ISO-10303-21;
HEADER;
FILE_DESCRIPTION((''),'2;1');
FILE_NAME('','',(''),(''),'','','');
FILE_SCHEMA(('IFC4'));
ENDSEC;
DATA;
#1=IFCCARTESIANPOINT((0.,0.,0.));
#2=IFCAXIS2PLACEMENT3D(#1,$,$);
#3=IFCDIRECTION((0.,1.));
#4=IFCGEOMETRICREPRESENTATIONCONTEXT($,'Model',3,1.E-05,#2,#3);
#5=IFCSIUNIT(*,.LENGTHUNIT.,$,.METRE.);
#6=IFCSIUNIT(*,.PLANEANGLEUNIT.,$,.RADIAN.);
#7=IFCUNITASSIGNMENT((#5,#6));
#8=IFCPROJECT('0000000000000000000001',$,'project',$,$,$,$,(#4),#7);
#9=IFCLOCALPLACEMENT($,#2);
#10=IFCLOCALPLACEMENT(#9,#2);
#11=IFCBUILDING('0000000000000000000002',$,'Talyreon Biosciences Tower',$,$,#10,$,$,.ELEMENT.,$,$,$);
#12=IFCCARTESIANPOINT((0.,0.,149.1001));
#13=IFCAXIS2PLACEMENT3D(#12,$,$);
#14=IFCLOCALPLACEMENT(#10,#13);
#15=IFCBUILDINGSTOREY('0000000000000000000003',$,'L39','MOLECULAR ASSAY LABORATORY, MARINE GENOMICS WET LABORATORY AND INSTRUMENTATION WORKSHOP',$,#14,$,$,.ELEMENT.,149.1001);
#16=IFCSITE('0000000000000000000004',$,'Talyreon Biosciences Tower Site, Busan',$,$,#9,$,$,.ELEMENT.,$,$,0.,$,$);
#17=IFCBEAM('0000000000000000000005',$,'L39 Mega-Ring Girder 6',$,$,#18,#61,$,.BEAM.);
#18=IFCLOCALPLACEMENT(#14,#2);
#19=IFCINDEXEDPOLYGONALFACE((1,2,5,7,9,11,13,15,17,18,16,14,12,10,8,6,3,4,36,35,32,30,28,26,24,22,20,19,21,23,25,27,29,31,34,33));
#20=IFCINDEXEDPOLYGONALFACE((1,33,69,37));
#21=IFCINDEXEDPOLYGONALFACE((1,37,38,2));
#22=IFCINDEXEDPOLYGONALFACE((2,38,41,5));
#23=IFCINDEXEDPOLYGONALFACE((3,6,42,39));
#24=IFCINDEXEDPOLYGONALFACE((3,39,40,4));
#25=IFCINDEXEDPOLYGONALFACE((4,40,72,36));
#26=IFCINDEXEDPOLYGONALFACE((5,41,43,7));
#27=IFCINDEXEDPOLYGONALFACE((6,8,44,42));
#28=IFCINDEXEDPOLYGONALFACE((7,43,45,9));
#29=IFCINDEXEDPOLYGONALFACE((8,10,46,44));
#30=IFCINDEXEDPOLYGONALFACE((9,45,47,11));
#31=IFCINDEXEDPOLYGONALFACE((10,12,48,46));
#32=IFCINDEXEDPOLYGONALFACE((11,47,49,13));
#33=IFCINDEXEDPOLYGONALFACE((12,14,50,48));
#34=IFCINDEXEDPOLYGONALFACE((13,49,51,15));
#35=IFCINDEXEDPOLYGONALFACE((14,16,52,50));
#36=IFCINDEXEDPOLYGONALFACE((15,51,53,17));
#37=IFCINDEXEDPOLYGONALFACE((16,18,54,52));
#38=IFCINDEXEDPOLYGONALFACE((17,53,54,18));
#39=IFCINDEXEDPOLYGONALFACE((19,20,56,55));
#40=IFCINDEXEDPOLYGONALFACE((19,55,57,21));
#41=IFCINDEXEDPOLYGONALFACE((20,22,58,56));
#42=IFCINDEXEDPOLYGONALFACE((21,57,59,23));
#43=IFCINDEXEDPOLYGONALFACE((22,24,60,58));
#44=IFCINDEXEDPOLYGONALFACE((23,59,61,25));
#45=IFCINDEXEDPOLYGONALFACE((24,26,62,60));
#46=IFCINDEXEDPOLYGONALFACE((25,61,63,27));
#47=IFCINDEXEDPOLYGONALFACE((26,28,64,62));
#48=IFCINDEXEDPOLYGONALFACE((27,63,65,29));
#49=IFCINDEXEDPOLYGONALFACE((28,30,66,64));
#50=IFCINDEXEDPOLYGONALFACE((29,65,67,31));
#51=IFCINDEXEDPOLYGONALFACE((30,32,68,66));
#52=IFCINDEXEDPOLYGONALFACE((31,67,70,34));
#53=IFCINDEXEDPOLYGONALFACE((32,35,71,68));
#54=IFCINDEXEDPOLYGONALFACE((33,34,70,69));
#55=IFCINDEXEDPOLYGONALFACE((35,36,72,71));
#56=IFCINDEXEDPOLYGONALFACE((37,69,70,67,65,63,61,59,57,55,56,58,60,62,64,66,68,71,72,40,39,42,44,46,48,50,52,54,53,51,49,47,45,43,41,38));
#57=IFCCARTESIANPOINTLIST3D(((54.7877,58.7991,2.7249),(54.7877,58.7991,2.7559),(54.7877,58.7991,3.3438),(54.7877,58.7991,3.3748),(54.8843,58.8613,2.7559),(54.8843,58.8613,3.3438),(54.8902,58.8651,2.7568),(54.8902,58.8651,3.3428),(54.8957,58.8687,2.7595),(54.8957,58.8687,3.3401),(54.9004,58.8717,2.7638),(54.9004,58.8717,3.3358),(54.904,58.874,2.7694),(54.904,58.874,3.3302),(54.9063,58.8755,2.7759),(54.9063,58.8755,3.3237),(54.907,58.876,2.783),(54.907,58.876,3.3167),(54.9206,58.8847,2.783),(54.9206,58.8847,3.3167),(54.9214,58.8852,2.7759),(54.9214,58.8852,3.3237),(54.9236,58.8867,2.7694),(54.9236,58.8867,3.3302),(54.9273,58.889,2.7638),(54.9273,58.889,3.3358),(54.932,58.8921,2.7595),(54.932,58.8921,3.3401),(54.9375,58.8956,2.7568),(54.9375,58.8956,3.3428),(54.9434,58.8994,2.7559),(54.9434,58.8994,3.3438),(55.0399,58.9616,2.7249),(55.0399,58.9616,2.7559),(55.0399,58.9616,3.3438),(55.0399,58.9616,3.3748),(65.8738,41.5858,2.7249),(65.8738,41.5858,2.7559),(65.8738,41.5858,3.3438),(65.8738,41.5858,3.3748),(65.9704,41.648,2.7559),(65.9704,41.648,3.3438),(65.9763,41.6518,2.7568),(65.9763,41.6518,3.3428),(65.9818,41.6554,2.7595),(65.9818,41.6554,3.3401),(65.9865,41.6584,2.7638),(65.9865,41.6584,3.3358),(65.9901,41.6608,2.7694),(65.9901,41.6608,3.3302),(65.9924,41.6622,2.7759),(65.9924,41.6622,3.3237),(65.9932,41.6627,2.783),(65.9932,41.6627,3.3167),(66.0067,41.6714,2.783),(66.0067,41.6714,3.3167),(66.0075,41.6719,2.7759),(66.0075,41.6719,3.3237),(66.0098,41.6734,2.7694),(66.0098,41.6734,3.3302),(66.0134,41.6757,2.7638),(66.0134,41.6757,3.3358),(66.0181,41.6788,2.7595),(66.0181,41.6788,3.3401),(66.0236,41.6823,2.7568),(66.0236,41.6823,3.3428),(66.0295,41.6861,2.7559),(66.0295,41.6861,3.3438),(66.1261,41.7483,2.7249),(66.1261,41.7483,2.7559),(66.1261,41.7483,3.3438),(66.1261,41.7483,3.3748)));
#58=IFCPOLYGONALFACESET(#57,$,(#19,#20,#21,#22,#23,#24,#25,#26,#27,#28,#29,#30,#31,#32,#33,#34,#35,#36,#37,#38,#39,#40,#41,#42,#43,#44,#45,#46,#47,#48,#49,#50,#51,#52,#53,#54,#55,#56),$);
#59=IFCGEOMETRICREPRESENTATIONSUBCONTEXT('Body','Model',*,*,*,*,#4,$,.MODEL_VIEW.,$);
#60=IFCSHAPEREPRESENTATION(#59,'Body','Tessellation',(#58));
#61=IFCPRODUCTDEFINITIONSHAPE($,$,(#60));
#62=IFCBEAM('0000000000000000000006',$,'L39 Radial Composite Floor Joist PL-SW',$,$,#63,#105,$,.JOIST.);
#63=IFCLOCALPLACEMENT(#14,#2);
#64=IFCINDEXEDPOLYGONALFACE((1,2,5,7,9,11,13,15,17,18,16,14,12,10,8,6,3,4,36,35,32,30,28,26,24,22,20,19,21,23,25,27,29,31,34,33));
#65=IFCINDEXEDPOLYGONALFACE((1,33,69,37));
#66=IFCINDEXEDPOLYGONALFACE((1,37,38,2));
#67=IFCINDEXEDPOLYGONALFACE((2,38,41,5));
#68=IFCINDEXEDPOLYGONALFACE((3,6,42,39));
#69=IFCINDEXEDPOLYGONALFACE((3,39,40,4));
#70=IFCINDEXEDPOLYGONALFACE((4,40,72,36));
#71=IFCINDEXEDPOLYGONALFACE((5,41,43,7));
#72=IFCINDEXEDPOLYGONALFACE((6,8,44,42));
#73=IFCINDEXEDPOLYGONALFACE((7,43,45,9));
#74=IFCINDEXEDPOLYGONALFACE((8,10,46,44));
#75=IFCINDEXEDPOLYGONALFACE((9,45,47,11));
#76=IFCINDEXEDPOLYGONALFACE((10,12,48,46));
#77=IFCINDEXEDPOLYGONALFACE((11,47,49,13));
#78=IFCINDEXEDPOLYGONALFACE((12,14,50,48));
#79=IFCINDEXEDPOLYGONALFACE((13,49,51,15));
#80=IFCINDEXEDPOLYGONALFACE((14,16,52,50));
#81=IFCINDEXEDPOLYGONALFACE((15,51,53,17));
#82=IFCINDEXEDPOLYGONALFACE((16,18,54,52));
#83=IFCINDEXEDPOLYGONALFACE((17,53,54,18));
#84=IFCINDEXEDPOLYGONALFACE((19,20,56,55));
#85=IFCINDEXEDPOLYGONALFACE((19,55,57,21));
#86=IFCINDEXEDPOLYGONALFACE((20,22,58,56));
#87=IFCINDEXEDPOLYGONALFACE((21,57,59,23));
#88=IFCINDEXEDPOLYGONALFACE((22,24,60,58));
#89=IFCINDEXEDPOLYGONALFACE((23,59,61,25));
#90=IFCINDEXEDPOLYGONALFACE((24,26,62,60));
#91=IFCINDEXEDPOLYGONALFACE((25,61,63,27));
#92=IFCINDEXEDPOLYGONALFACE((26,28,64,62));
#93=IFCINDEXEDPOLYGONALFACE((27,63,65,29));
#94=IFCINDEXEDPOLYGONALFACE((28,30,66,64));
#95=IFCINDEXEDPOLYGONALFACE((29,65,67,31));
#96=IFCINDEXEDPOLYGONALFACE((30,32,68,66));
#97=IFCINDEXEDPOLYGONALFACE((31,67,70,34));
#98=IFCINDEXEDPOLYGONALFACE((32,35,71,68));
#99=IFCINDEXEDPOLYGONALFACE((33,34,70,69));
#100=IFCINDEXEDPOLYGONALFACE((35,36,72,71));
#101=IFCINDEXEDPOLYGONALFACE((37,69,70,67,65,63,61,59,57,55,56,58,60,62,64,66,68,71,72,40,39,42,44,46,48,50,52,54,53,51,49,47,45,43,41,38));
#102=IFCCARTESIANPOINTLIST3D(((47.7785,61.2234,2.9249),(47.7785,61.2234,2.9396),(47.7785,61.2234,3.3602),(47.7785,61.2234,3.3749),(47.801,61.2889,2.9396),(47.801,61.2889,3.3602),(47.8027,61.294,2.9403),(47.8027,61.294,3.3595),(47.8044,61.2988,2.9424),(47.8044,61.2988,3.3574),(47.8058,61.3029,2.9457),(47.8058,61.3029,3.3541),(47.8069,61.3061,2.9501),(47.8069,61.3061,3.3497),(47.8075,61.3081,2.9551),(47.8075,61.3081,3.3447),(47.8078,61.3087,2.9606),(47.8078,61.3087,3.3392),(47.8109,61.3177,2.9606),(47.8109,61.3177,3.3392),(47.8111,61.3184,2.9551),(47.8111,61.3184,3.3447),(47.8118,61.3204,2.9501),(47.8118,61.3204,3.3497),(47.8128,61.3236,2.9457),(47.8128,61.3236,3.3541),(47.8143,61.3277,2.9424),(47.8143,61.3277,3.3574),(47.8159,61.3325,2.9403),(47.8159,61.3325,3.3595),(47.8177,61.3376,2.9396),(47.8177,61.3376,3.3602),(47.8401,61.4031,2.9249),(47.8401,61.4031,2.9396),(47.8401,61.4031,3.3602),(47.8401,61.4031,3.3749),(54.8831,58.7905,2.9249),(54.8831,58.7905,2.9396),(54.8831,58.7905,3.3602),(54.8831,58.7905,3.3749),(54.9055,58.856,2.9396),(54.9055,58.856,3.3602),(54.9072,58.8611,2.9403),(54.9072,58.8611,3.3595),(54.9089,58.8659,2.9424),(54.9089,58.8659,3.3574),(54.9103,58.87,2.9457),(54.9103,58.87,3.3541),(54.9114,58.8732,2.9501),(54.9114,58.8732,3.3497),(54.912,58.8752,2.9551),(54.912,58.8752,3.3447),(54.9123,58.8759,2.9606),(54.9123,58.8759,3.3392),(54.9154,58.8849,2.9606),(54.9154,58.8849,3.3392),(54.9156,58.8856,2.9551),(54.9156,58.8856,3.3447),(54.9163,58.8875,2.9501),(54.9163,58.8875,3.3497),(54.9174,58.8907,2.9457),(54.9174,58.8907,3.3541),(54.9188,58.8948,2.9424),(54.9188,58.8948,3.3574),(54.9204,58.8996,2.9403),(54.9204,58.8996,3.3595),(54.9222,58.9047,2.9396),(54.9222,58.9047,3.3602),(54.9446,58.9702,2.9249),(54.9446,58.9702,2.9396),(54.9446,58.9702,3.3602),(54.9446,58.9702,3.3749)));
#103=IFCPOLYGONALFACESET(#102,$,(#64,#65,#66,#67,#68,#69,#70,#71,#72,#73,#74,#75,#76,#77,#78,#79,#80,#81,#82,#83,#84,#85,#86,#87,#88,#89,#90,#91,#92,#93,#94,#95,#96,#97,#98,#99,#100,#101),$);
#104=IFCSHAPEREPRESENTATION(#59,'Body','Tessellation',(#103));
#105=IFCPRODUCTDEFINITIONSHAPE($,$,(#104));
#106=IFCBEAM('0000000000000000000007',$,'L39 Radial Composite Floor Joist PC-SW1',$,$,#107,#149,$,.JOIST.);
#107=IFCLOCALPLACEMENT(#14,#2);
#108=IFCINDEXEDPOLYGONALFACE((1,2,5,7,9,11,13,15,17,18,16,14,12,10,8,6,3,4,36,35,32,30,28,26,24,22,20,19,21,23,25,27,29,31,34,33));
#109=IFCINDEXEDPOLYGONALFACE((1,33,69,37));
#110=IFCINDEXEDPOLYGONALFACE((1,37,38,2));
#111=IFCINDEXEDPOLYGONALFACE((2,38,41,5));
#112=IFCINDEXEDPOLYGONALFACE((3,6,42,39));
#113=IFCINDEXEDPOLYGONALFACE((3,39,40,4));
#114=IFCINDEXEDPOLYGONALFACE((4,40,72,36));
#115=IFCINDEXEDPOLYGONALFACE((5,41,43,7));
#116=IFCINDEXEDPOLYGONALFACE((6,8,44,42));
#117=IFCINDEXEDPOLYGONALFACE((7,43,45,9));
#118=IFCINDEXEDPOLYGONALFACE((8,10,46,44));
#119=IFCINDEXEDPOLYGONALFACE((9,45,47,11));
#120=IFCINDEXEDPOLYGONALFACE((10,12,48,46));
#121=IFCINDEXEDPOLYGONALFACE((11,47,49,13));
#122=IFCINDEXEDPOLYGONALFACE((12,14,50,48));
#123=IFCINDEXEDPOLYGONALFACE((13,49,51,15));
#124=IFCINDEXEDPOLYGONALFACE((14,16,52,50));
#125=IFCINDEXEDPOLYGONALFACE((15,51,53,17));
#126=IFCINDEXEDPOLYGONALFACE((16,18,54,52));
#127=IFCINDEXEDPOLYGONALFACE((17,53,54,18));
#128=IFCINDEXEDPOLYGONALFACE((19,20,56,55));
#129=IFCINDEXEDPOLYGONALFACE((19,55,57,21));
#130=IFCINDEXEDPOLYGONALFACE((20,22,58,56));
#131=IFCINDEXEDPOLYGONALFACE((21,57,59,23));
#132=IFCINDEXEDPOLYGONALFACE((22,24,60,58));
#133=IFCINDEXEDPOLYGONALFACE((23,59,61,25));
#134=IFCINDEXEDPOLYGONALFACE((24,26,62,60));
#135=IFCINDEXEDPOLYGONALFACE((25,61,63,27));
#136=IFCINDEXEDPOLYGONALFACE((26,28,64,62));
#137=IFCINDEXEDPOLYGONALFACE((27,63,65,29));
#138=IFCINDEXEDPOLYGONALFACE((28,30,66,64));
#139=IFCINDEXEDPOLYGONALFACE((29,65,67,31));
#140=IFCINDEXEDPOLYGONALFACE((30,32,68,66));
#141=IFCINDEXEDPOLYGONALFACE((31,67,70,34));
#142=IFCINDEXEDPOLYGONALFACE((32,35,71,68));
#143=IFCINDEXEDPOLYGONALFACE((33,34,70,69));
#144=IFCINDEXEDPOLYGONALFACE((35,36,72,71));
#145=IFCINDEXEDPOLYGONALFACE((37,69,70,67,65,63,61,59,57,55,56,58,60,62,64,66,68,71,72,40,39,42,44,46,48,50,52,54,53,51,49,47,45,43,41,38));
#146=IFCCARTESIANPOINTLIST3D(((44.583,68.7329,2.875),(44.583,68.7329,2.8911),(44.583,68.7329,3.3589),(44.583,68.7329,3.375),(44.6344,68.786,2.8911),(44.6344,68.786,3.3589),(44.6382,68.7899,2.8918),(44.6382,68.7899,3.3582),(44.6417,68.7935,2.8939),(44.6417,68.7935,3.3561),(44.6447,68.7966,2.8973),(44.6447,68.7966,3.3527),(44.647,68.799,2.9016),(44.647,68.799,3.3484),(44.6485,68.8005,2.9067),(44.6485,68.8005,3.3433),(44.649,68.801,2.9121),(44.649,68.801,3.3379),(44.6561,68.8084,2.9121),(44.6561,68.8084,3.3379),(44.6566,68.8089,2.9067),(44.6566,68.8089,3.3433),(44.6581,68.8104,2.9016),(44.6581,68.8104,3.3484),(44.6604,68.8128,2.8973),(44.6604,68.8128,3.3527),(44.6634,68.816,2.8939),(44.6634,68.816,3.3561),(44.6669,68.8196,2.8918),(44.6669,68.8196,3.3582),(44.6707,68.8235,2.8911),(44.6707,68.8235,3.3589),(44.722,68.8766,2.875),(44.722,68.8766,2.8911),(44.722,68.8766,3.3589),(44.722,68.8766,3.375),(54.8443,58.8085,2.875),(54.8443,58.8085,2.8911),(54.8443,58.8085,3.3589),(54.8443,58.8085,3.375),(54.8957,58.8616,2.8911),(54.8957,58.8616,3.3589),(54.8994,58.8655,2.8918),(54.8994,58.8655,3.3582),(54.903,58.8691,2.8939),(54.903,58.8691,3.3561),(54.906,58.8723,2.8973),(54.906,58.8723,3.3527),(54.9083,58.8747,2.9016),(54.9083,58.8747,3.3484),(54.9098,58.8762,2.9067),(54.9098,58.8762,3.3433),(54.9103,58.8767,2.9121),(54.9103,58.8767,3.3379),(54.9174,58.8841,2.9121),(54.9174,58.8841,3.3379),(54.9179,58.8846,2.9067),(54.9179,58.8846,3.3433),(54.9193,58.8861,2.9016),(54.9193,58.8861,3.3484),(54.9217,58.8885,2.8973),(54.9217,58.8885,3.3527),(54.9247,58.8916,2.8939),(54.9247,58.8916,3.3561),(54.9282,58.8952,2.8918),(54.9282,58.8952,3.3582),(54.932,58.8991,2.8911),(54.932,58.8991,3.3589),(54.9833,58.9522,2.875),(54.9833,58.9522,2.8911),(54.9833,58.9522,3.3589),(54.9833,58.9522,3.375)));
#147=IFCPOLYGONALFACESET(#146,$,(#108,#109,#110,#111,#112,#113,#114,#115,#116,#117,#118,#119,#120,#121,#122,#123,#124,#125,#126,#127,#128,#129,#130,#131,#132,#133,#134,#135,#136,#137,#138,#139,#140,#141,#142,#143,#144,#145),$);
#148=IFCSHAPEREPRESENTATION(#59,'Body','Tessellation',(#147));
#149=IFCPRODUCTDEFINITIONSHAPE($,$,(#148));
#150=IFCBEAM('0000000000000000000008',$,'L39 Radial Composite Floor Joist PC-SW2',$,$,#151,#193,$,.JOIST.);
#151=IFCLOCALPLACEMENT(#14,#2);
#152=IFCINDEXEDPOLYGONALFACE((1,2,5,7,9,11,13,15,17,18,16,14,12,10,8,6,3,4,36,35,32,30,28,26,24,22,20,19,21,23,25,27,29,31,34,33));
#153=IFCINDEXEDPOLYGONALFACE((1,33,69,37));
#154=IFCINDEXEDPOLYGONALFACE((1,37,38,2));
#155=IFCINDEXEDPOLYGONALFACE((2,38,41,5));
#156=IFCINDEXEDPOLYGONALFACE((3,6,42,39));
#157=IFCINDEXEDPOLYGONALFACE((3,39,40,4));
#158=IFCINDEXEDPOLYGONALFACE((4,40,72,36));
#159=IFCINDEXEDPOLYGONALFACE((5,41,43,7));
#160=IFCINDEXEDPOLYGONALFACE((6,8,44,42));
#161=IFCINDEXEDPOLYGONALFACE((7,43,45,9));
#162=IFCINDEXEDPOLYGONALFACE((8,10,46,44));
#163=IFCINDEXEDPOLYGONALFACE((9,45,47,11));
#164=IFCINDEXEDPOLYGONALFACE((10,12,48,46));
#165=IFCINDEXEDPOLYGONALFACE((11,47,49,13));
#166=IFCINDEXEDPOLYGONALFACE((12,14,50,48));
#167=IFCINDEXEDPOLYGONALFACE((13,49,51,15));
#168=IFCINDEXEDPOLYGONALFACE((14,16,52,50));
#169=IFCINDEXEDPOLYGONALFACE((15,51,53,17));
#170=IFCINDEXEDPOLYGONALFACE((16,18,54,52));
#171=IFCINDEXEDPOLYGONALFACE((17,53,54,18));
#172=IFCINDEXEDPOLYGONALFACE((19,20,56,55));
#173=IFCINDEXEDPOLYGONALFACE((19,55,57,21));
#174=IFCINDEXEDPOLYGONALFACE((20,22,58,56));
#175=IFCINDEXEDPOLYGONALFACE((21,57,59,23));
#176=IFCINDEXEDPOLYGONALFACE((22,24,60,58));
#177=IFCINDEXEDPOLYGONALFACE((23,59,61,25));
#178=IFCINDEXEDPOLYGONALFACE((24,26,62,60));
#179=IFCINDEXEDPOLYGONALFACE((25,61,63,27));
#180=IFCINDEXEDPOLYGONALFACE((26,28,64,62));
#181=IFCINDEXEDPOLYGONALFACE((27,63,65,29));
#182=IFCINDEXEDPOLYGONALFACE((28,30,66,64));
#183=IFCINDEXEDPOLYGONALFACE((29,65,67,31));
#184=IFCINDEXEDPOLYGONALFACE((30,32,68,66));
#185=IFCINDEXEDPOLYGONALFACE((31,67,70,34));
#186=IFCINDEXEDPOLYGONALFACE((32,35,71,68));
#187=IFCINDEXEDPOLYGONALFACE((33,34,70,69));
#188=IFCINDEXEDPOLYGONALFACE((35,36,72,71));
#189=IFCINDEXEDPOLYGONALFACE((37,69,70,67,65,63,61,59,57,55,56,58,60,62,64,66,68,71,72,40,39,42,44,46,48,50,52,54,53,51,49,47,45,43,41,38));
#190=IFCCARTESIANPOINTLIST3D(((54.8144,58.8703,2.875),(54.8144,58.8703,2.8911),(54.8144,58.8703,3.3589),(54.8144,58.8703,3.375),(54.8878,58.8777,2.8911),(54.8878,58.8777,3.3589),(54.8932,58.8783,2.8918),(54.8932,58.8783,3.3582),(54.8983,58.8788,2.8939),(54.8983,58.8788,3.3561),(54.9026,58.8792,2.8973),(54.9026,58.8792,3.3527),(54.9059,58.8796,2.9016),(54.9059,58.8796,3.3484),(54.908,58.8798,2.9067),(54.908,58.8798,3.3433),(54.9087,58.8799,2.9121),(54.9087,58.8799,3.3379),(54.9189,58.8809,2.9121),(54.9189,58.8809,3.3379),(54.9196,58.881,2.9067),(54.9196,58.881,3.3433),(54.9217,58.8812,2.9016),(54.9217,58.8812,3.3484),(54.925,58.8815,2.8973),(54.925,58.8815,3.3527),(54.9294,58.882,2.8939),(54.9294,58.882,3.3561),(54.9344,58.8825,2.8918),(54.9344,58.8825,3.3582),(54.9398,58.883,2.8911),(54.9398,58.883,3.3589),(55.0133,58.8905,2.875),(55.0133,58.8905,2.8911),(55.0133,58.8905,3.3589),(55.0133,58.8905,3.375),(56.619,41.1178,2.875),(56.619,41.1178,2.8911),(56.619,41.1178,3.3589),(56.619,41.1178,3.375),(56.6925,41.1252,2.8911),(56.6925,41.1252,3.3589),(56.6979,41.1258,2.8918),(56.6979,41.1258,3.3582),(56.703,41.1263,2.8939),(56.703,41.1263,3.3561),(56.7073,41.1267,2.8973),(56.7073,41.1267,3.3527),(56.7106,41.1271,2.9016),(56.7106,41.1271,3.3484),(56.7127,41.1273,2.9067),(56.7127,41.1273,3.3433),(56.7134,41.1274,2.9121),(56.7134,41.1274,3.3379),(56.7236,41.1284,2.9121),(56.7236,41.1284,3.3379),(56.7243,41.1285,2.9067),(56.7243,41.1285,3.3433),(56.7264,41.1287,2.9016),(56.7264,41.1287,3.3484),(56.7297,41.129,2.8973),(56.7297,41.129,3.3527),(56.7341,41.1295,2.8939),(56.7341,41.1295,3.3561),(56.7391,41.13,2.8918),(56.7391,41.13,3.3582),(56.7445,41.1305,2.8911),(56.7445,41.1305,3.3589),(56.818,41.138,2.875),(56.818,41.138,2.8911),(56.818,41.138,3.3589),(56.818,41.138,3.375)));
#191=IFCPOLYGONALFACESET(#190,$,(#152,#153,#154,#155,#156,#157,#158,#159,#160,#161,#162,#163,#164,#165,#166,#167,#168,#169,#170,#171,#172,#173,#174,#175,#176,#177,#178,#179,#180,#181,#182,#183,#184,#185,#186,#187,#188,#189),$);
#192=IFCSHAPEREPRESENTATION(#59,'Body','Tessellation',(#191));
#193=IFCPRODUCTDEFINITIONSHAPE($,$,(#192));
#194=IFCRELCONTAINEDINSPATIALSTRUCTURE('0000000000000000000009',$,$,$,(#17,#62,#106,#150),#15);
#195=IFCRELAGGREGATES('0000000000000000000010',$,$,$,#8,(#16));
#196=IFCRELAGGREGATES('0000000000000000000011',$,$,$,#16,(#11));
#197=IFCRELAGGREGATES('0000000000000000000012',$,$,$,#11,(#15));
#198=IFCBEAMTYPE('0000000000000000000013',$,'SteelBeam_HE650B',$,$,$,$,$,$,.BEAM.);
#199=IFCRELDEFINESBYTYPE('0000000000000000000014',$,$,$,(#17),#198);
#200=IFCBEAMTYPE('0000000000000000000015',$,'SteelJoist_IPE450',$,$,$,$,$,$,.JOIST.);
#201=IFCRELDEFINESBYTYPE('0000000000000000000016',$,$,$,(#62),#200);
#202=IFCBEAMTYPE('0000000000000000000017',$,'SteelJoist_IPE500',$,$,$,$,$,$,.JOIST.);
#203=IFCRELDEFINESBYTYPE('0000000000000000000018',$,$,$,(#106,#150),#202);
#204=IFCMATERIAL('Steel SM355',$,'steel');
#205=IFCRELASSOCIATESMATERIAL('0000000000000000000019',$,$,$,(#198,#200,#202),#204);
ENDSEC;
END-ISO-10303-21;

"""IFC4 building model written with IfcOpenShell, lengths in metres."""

from ifc_helpers import new_model, si_unit, direction, frame, origin, origin_2d, place, context, subcontext, project, spatial, i_section, extrude, material, material_profile, profile_set, type_object, element, save


model = new_model("IFC4")

# Units and contexts
model_context = context("Model", 3, precision=1e-05, world=origin(), true_north=direction((0.0, 1.0)))
body_context = subcontext(model_context, "Body", "Model", "MODEL_VIEW")
ifc_project = project(units=[si_unit("LENGTHUNIT", "METRE"), si_unit("PLANEANGLEUNIT", "RADIAN")], contexts=[model_context])

# Site, building, storey
site_placement = place(None, origin())
site = spatial("IfcSite", under=ifc_project, at=site_placement, Name="Talyreon Biosciences Tower Site, Busan", CompositionType="ELEMENT", RefElevation=0.0)
building_placement = place(site_placement, origin())
building = spatial("IfcBuilding", under=site, at=building_placement, Name="Talyreon Biosciences Tower", CompositionType="ELEMENT")
storey_placement = place(building_placement, frame((0.0, 0.0, 149.1001)))
storey = spatial("IfcBuildingStorey", under=building, at=storey_placement, Name="L39", Description="MOLECULAR ASSAY LABORATORY, MARINE GENOMICS WET LABORATORY AND INSTRUMENTATION WORKSHOP", CompositionType="ELEMENT", Elevation=149.1001)

# Beams
ifc_material_1 = material(Name="Steel SM355", Category="steel")
ifc_material_profile_1 = material_profile(ifc_material_1, i_section(OverallWidth=0.3, OverallDepth=0.6499, WebThickness=0.0161, FlangeThickness=0.031, FilletRadius=0.0271, at=origin_2d()), Name="HE650B")
ifc_profile_set_1 = profile_set([ifc_material_profile_1], Name="Steel SM355")
beam_type_1 = type_object("IfcBeamType", Name="SteelBeam_HE650B", PredefinedType="BEAM", material=ifc_profile_set_1)
beam_1_placement = place(storey_placement, frame((54.9138, 58.8804, 3.0498), z_axis=(0.541464, -0.840724, 0.0), x_axis=(0.840724, 0.541464, 0.0)))
element("IfcBeam", 1, at=beam_1_placement, inside=storey, type_object=beam_type_1, Name="L39 Mega-Ring Girder 6", PredefinedType="BEAM", context=body_context, shape_type="SweptSolid", body=[
    extrude(i_section(OverallWidth=0.3, OverallDepth=0.6499, WebThickness=0.0161, FlangeThickness=0.031, FilletRadius=0.0271, at=origin_2d()), origin(), (0.0, 0.0, 1.0), 20.4744),
])
ifc_material_profile_2 = material_profile(ifc_material_1, i_section(OverallWidth=0.1899, OverallDepth=0.45, WebThickness=0.0095, FlangeThickness=0.0146, FilletRadius=0.021, at=origin_2d()), Name="IPE450")
ifc_profile_set_2 = profile_set([ifc_material_profile_2], Name="Steel SM355")
beam_type_2 = type_object("IfcBeamType", Name="SteelJoist_IPE450", PredefinedType="JOIST", material=ifc_profile_set_2)
beam_2_placement = place(storey_placement, frame((54.9138, 58.8804, 3.1499), z_axis=(-0.946067, 0.323971, 0.0), x_axis=(-0.323971, -0.946067, 0.0)))
element("IfcBeam", 2, at=beam_2_placement, inside=storey, type_object=beam_type_2, Name="L39 Radial Composite Floor Joist PL-SW", PredefinedType="JOIST", context=body_context, shape_type="SweptSolid", body=[
    extrude(i_section(OverallWidth=0.1899, OverallDepth=0.45, WebThickness=0.0095, FlangeThickness=0.0146, FilletRadius=0.021, at=origin_2d()), origin(), (0.0, 0.0, 1.0), 7.5095),
])
ifc_material_profile_3 = material_profile(ifc_material_1, i_section(OverallWidth=0.2, OverallDepth=0.5, WebThickness=0.0103, FlangeThickness=0.0161, FilletRadius=0.021, at=origin_2d()), Name="IPE500")
ifc_profile_set_3 = profile_set([ifc_material_profile_3], Name="Steel SM355")
beam_type_3 = type_object("IfcBeamType", Name="SteelJoist_IPE500", PredefinedType="JOIST", material=ifc_profile_set_3)
beam_3_placement = place(storey_placement, frame((54.9138, 58.8804, 3.125), z_axis=(-0.718809, 0.695208, 0.0), x_axis=(-0.695208, -0.718809, 0.0)))
element("IfcBeam", 3, at=beam_3_placement, inside=storey, type_object=beam_type_3, Name="L39 Radial Composite Floor Joist PC-SW1", PredefinedType="JOIST", context=body_context, shape_type="SweptSolid", body=[
    extrude(i_section(OverallWidth=0.2, OverallDepth=0.5, WebThickness=0.0103, FlangeThickness=0.0161, FilletRadius=0.021, at=origin_2d()), origin(), (0.0, 0.0, 1.0), 14.2754),
])
beam_4_placement = place(storey_placement, frame((54.9138, 58.8804, 3.125), z_axis=(0.101137, -0.994872, 0.0), x_axis=(0.994872, 0.101137, 0.0)))
element("IfcBeam", 4, at=beam_4_placement, inside=storey, type_object=beam_type_3, Name="L39 Radial Composite Floor Joist PC-SW2", PredefinedType="JOIST", context=body_context, shape_type="SweptSolid", body=[
    extrude(i_section(OverallWidth=0.2, OverallDepth=0.5, WebThickness=0.0103, FlangeThickness=0.0161, FilletRadius=0.021, at=origin_2d()), origin(), (0.0, 0.0, 1.0), 17.844),
])

save(model, "model.ifc")
